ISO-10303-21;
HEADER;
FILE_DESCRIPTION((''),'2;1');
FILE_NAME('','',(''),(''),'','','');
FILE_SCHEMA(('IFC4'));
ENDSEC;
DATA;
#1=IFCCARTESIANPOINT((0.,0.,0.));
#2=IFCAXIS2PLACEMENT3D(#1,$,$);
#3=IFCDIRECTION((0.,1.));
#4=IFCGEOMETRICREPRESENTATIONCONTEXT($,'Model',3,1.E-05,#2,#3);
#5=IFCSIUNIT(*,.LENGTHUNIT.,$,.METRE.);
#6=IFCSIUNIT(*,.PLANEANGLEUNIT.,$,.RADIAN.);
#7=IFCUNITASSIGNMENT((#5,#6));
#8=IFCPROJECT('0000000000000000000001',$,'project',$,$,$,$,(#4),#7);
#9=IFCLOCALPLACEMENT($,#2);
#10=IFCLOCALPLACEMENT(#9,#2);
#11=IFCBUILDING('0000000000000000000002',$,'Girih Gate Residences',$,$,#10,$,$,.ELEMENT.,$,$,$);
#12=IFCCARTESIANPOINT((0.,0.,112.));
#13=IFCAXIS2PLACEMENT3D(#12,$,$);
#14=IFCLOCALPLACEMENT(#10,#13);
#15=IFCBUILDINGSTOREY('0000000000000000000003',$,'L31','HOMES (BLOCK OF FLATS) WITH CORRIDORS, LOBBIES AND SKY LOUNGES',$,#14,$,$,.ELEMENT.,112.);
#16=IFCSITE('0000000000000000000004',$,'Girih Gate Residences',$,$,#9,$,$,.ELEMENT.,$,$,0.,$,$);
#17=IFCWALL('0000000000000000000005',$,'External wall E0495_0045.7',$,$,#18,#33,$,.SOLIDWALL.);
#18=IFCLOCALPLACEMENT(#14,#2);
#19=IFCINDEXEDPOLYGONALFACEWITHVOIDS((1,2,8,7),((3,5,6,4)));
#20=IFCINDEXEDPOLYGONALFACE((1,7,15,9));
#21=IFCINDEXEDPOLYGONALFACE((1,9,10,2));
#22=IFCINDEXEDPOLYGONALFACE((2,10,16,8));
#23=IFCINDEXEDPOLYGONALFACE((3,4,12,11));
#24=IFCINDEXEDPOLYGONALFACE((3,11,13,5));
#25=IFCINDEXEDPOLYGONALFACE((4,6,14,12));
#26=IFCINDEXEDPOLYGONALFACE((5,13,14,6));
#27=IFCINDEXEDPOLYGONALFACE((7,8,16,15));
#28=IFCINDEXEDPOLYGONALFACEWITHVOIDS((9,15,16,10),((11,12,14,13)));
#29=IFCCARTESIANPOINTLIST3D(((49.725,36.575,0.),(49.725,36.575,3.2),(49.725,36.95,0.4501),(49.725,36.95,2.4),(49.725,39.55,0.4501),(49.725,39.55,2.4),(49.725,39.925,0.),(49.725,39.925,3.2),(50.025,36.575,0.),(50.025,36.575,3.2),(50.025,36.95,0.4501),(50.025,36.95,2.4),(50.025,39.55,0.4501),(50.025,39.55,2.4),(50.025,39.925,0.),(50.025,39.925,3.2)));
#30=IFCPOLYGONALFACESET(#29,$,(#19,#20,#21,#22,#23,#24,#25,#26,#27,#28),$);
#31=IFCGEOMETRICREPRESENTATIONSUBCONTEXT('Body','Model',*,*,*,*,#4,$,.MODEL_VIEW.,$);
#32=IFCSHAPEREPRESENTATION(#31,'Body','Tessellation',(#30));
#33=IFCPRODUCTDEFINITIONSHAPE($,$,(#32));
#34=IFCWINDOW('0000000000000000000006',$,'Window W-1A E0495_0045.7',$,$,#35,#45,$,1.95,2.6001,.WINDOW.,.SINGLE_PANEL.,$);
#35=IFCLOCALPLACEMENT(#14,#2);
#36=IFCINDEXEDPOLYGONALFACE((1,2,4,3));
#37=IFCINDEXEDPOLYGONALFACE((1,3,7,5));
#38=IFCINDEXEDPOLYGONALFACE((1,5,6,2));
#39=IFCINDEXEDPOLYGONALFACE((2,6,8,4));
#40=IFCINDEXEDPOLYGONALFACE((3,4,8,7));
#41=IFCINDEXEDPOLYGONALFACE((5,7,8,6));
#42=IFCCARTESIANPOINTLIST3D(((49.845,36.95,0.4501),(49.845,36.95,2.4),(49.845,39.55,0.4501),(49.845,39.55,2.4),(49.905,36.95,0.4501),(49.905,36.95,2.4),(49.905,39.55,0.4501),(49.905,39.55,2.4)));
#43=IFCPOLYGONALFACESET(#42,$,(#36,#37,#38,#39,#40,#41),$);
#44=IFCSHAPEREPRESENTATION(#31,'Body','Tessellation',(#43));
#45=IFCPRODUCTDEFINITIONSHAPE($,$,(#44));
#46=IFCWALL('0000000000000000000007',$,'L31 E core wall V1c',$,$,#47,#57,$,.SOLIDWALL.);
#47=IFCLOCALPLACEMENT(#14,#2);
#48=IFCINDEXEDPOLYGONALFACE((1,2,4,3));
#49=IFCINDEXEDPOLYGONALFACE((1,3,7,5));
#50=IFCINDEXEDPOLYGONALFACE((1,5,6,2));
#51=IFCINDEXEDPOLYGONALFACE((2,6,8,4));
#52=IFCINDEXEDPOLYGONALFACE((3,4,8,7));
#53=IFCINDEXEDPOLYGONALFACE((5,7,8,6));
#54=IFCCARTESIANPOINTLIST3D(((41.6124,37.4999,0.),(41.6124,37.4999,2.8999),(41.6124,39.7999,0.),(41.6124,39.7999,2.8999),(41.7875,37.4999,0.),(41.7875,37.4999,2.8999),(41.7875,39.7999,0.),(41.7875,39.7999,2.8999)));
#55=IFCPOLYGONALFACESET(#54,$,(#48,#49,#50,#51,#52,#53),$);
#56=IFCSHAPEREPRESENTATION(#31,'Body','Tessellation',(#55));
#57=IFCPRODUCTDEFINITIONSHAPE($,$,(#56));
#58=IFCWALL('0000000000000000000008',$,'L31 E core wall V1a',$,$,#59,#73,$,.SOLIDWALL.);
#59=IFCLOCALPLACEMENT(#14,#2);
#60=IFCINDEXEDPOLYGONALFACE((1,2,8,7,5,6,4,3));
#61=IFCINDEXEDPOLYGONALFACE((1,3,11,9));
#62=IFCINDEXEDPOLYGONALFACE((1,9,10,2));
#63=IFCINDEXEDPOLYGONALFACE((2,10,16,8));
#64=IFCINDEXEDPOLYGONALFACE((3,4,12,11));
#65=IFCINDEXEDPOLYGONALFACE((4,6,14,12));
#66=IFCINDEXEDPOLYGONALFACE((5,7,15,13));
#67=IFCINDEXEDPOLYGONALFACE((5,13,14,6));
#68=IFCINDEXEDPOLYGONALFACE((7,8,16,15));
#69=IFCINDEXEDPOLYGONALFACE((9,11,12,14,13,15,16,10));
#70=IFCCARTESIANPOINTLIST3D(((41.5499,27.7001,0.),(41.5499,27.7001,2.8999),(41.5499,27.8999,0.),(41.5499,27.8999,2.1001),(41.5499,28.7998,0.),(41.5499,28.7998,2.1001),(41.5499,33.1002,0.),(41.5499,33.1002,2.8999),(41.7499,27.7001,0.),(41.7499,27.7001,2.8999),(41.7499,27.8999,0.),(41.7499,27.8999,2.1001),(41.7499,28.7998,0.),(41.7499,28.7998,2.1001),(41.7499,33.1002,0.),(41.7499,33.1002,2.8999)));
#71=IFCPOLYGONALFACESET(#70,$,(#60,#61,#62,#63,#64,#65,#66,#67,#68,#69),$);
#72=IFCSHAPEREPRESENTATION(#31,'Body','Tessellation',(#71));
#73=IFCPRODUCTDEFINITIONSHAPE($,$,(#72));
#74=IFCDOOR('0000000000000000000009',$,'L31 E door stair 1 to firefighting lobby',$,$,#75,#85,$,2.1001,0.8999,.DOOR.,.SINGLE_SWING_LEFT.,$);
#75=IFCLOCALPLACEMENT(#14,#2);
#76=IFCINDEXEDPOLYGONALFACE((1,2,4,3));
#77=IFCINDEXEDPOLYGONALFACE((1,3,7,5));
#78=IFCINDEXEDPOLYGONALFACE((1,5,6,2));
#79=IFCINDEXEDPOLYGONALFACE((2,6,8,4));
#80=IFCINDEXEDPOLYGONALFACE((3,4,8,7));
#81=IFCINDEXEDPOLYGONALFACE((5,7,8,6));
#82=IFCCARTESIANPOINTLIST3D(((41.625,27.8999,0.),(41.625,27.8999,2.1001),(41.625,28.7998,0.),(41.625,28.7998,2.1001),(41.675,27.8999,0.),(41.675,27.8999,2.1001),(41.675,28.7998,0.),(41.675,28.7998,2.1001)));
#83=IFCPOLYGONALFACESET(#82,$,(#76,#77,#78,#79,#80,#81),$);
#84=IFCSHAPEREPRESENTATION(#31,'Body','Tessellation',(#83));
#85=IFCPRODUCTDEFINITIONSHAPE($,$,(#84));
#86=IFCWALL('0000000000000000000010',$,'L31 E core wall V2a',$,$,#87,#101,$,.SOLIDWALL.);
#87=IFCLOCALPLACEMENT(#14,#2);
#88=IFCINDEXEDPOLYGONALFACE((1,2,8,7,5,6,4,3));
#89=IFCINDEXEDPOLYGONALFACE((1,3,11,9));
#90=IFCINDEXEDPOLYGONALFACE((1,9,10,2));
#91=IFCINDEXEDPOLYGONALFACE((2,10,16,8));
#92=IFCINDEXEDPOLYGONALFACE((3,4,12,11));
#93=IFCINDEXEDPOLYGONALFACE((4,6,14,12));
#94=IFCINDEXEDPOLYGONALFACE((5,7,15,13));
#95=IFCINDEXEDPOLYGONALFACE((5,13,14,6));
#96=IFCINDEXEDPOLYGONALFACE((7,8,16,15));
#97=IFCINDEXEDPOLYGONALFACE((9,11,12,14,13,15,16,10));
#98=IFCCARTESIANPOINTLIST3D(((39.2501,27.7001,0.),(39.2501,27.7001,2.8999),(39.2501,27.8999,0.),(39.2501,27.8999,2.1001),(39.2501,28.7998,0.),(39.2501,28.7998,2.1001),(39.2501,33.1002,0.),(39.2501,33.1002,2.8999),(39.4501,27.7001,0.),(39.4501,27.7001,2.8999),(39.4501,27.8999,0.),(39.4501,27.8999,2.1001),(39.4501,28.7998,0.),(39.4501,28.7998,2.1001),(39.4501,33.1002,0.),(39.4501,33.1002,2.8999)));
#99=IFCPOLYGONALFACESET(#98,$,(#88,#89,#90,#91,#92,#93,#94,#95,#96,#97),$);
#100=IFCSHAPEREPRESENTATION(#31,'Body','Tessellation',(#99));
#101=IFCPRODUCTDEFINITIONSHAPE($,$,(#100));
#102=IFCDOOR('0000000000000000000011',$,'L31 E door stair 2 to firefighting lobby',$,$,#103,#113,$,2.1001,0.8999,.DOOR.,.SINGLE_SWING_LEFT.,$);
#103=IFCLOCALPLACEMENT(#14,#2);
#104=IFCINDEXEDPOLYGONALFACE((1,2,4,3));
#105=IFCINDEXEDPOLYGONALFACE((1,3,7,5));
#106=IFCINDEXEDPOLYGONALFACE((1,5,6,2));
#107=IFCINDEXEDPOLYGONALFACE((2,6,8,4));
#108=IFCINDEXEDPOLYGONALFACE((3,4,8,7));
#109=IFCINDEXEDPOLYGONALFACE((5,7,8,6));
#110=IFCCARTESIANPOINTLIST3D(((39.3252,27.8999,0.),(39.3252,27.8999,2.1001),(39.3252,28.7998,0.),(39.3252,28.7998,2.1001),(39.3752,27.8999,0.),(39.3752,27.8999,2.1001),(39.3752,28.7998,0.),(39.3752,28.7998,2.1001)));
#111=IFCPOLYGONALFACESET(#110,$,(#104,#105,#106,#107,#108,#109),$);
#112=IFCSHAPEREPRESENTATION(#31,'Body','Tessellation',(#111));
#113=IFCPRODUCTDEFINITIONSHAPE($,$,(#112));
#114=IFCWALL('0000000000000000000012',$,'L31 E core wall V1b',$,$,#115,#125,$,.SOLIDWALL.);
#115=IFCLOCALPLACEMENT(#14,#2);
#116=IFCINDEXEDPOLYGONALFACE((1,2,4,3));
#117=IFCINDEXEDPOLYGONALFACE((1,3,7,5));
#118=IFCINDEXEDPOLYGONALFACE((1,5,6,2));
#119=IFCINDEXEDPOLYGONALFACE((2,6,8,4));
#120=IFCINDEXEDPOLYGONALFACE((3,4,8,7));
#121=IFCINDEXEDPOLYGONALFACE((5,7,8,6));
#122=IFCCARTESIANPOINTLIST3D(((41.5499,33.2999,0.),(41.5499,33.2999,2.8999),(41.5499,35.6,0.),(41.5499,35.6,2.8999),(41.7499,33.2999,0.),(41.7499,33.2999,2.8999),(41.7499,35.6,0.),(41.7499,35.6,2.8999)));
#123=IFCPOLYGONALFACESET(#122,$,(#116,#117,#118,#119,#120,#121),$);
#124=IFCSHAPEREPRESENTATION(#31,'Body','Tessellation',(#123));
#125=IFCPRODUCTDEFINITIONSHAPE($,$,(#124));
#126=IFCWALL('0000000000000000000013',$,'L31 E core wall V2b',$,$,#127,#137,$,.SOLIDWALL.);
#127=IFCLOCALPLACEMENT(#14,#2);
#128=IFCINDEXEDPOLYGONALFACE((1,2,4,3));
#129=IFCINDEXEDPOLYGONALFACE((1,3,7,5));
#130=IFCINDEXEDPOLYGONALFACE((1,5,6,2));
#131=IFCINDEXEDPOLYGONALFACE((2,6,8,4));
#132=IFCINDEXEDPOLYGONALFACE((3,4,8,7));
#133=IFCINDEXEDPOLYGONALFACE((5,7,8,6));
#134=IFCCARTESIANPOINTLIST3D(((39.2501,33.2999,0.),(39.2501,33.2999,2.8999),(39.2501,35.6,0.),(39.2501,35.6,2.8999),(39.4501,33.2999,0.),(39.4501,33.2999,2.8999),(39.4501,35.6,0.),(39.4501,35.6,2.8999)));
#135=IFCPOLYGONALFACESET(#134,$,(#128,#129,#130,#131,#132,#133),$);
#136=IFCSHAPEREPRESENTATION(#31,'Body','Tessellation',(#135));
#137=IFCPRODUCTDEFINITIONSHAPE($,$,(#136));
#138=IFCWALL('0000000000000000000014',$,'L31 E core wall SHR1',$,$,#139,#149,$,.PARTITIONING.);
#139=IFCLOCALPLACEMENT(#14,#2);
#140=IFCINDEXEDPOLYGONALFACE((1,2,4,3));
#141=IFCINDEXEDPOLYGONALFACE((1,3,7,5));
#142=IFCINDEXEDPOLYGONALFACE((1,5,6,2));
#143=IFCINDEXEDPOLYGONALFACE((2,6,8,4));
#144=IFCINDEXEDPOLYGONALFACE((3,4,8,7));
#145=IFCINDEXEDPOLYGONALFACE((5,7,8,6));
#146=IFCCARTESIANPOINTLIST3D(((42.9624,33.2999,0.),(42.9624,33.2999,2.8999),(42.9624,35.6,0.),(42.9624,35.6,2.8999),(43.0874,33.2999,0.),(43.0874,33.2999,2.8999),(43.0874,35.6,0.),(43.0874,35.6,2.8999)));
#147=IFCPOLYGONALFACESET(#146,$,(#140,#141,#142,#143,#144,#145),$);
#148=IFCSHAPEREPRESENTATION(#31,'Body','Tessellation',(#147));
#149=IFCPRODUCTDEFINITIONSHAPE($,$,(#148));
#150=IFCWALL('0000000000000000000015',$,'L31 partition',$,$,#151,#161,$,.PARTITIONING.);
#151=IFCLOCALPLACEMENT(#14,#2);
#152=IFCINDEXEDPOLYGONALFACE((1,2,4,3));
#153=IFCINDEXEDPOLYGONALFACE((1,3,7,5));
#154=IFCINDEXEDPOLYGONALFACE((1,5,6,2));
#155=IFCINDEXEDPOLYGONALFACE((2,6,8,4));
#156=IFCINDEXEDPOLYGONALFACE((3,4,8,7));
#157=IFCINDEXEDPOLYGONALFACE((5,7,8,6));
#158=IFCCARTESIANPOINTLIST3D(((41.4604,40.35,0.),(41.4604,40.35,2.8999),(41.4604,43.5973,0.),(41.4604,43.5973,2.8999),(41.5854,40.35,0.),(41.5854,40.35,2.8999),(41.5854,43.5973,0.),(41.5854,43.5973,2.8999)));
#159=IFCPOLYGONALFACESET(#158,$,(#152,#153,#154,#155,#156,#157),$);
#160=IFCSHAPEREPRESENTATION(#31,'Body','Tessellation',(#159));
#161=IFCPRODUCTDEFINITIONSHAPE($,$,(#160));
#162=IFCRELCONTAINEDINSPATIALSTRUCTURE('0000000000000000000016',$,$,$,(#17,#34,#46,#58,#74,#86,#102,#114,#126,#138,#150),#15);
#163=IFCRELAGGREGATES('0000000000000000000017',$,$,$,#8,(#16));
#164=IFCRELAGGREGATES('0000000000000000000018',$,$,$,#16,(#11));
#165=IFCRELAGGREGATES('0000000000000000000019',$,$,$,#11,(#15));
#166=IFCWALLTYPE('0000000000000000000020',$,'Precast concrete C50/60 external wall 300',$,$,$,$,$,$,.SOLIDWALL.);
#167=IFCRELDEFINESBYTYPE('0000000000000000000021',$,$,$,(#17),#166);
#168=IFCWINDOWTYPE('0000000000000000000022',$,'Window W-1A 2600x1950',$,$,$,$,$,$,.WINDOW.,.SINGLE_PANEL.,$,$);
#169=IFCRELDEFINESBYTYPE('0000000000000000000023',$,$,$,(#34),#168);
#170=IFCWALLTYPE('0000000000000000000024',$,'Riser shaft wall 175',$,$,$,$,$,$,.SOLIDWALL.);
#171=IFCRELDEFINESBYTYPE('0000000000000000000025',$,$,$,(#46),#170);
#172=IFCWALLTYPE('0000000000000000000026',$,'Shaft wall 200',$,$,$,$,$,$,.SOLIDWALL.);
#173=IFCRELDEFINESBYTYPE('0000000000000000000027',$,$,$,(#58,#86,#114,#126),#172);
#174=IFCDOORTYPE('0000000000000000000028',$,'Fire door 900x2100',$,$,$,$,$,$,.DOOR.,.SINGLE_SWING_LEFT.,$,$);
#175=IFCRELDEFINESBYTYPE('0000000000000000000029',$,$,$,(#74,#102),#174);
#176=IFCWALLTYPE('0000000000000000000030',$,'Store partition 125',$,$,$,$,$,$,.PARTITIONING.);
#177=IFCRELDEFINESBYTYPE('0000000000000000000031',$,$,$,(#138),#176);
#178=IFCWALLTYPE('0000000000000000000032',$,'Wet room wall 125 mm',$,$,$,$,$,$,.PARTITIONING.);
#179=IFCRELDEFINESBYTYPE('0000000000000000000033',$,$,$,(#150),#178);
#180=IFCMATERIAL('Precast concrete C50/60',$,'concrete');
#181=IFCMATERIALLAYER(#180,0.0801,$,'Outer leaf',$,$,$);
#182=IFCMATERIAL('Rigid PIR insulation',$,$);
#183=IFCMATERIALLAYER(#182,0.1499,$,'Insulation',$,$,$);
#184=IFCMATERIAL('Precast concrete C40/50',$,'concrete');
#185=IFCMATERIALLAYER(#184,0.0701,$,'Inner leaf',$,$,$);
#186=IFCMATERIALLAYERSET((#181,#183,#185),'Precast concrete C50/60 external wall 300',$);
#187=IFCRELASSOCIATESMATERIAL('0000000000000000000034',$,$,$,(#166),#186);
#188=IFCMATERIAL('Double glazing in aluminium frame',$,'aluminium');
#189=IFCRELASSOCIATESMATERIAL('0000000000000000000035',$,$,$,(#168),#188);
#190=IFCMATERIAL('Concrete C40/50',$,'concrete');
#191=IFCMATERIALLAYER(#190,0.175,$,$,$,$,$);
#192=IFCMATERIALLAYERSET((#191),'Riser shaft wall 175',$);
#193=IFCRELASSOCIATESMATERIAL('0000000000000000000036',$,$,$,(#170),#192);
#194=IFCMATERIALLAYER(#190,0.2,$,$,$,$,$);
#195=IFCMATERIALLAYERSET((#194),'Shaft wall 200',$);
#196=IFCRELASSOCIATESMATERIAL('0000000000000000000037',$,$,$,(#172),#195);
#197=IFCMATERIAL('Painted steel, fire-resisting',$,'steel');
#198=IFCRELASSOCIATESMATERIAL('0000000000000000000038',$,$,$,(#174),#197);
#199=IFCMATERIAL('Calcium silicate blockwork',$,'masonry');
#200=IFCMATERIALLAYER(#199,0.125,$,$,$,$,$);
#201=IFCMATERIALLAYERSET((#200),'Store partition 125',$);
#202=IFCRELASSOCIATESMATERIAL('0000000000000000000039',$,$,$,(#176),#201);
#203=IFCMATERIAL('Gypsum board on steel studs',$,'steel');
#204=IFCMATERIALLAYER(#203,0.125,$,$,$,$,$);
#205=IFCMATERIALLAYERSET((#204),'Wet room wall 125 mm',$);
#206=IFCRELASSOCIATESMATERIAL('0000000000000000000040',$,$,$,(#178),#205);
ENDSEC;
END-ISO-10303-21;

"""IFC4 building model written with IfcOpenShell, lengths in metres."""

from ifc_helpers import new_model, si_unit, direction, frame, frame_2d, origin, place, context, subcontext, project, spatial, rectangle, extrude, material, layer, layer_set, type_object, element, fill, save


model = new_model("IFC4")

# Units and contexts
model_context = context("Model", 3, precision=1e-05, world=origin(), true_north=direction((0.0, 1.0)))
body_context = subcontext(model_context, "Body", "Model", "MODEL_VIEW")
ifc_project = project(units=[si_unit("LENGTHUNIT", "METRE"), si_unit("PLANEANGLEUNIT", "RADIAN")], contexts=[model_context])

# Site, building, storey
site_placement = place(None, origin())
site = spatial("IfcSite", under=ifc_project, at=site_placement, Name="Girih Gate Residences", CompositionType="ELEMENT", RefElevation=0.0)
building_placement = place(site_placement, origin())
building = spatial("IfcBuilding", under=site, at=building_placement, Name="Girih Gate Residences", CompositionType="ELEMENT")
storey_placement = place(building_placement, frame((0.0, 0.0, 112.0)))
storey = spatial("IfcBuildingStorey", under=building, at=storey_placement, Name="L31", Description="HOMES (BLOCK OF FLATS) WITH CORRIDORS, LOBBIES AND SKY LOUNGES", CompositionType="ELEMENT", Elevation=112.0)

# Shared definitions
ifc_material_1 = material(Name="Painted steel, fire-resisting", Category="steel")

# Shared definitions
ifc_material_2 = material(Name="Gypsum board on steel studs", Category="steel")

# Wall, opening, window
ifc_material_3 = material(Name="Precast concrete C50/60", Category="concrete")
ifc_layer_1 = layer(ifc_material_3, 0.0801, Name="Outer leaf")
ifc_material_4 = material(Name="Rigid PIR insulation")
ifc_layer_2 = layer(ifc_material_4, 0.1499, Name="Insulation")
ifc_material_5 = material(Name="Precast concrete C40/50", Category="concrete")
ifc_layer_3 = layer(ifc_material_5, 0.0701, Name="Inner leaf")
ifc_layer_set_1 = layer_set([ifc_layer_1, ifc_layer_2, ifc_layer_3], Name="Precast concrete C50/60 external wall 300")
wall_type_1 = type_object("IfcWallType", Name="Precast concrete C50/60 external wall 300", PredefinedType="SOLIDWALL", material=ifc_layer_set_1)
ifc_material_6 = material(Name="Double glazing in aluminium frame", Category="aluminium")
window_type = type_object("IfcWindowType", Name="Window W-1A 2600x1950", PartitioningType="SINGLE_PANEL", PredefinedType="WINDOW", material=ifc_material_6)
wall_1_placement = place(storey_placement, frame((49.875, 39.925, 0.0), z_axis=(0.0, 0.0, 1.0), x_axis=(0.0, -1.0, 0.0)))
wall_1 = element("IfcWall", 1, at=wall_1_placement, inside=storey, type_object=wall_type_1, Name="External wall E0495_0045.7", PredefinedType="SOLIDWALL", context=body_context, shape_type="SweptSolid", body=[
    extrude(rectangle(XDim=3.3501, YDim=0.3, at=frame_2d((1.675, 0.0))), origin(), (0.0, 0.0, 1.0), 3.2),
])
opening_1_placement = place(wall_1_placement, frame((0.375, 0.0, 0.45)))
opening_1 = element("IfcOpeningElement", 2, at=opening_1_placement, cuts=wall_1, PredefinedType="OPENING", context=body_context, shape_type="SweptSolid", body=[
    extrude(rectangle(XDim=2.6001, YDim=1.95, at=frame_2d((1.3, 0.9751))), frame((0.0, 0.1599, 0.0), z_axis=(0.0, -1.0, 0.0), x_axis=(1.0, 0.0, 0.0)), (0.0, 0.0, 1.0), 0.3201),
])
window_1_placement = place(opening_1_placement, origin())
window_1 = element("IfcWindow", 3, at=window_1_placement, inside=storey, type_object=window_type, Name="Window W-1A E0495_0045.7", OverallHeight=1.95, OverallWidth=2.6001, PartitioningType="SINGLE_PANEL", PredefinedType="WINDOW", context=body_context, shape_type="SweptSolid", body=[
    extrude(rectangle(XDim=2.6001, YDim=1.95, at=frame_2d((1.3, 0.9751))), frame((0.0, 0.03, 0.0), z_axis=(0.0, -1.0, 0.0), x_axis=(1.0, 0.0, 0.0)), (0.0, 0.0, 1.0), 0.0601),
])
fill(opening_1, window_1)

# Wall
ifc_material_7 = material(Name="Concrete C40/50", Category="concrete")
ifc_layer_4 = layer(ifc_material_7, 0.175)
ifc_layer_set_2 = layer_set([ifc_layer_4], Name="Riser shaft wall 175")
wall_type_2 = type_object("IfcWallType", Name="Riser shaft wall 175", PredefinedType="SOLIDWALL", material=ifc_layer_set_2)
wall_2_placement = place(storey_placement, frame((41.7, 37.5, 0.0), z_axis=(0.0, 0.0, 1.0), x_axis=(0.0, 1.0, 0.0)))
element("IfcWall", 4, at=wall_2_placement, inside=storey, type_object=wall_type_2, Name="L31 E core wall V1c", PredefinedType="SOLIDWALL", context=body_context, shape_type="SweptSolid", body=[
    extrude(rectangle(XDim=2.3, YDim=0.175, at=frame_2d((1.1499, 0.0))), origin(), (0.0, 0.0, 1.0), 2.8999),
])

# Walls, openings, doors
ifc_layer_5 = layer(ifc_material_7, 0.2)
ifc_layer_set_3 = layer_set([ifc_layer_5], Name="Shaft wall 200")
wall_type_3 = type_object("IfcWallType", Name="Shaft wall 200", PredefinedType="SOLIDWALL", material=ifc_layer_set_3)
wall_3_placement = place(storey_placement, frame((41.6499, 27.7, 0.0), z_axis=(0.0, 0.0, 1.0), x_axis=(0.0, 1.0, 0.0)))
wall_3 = element("IfcWall", 5, at=wall_3_placement, inside=storey, type_object=wall_type_3, Name="L31 E core wall V1a", PredefinedType="SOLIDWALL", context=body_context, shape_type="SweptSolid", body=[
    extrude(rectangle(XDim=5.4001, YDim=0.2, at=frame_2d((2.7002, 0.0))), origin(), (0.0, 0.0, 1.0), 2.8999),
])
opening_2_placement = place(wall_3_placement, frame((0.2, 0.0, 0.0)))
opening_2 = element("IfcOpeningElement", 6, at=opening_2_placement, cuts=wall_3, PredefinedType="OPENING", context=body_context, shape_type="SweptSolid", body=[
    extrude(rectangle(XDim=0.8999, YDim=2.1001, at=frame_2d((0.45, 1.05))), frame((0.0, 0.1099, 0.0), z_axis=(0.0, -1.0, 0.0), x_axis=(1.0, 0.0, 0.0)), (0.0, 0.0, 1.0), 0.22),
])
door_type_1 = type_object("IfcDoorType", Name="Fire door 900x2100", OperationType="SINGLE_SWING_LEFT", PredefinedType="DOOR", material=ifc_material_1)
door_1_placement = place(opening_2_placement, origin())
door_1 = element("IfcDoor", 7, at=door_1_placement, inside=storey, type_object=door_type_1, Name="L31 E door stair 1 to firefighting lobby", OperationType="SINGLE_SWING_LEFT", OverallHeight=2.1001, OverallWidth=0.8999, PredefinedType="DOOR", context=body_context, shape_type="SweptSolid", body=[
    extrude(rectangle(XDim=0.8999, YDim=2.1001, at=frame_2d((0.45, 1.05))), frame((0.0, 0.0249, 0.0), z_axis=(0.0, -1.0, 0.0), x_axis=(1.0, 0.0, 0.0)), (0.0, 0.0, 1.0), 0.05),
])
fill(opening_2, door_1)
wall_4_placement = place(storey_placement, frame((39.3501, 27.7, 0.0), z_axis=(0.0, 0.0, 1.0), x_axis=(0.0, 1.0, 0.0)))
wall_4 = element("IfcWall", 8, at=wall_4_placement, inside=storey, type_object=wall_type_3, Name="L31 E core wall V2a", PredefinedType="SOLIDWALL", context=body_context, shape_type="SweptSolid", body=[
    extrude(rectangle(XDim=5.4001, YDim=0.2, at=frame_2d((2.7002, 0.0))), origin(), (0.0, 0.0, 1.0), 2.8999),
])
opening_3_placement = place(wall_4_placement, frame((0.2, 0.0, 0.0)))
opening_3 = element("IfcOpeningElement", 9, at=opening_3_placement, cuts=wall_4, PredefinedType="OPENING", context=body_context, shape_type="SweptSolid", body=[
    extrude(rectangle(XDim=0.8999, YDim=2.1001, at=frame_2d((0.45, 1.05))), frame((0.0, 0.1099, 0.0), z_axis=(0.0, -1.0, 0.0), x_axis=(1.0, 0.0, 0.0)), (0.0, 0.0, 1.0), 0.22),
])
door_2_placement = place(opening_3_placement, origin())
door_2 = element("IfcDoor", 10, at=door_2_placement, inside=storey, type_object=door_type_1, Name="L31 E door stair 2 to firefighting lobby", OperationType="SINGLE_SWING_LEFT", OverallHeight=2.1001, OverallWidth=0.8999, PredefinedType="DOOR", context=body_context, shape_type="SweptSolid", body=[
    extrude(rectangle(XDim=0.8999, YDim=2.1001, at=frame_2d((0.45, 1.05))), frame((0.0, 0.0249, 0.0), z_axis=(0.0, -1.0, 0.0), x_axis=(1.0, 0.0, 0.0)), (0.0, 0.0, 1.0), 0.05),
])
fill(opening_3, door_2)

# Walls
for number, where, z_axis, x_axis, name in (
    (11, (41.6499, 33.3, 0.0), (0.0, 0.0, 1.0), (0.0, 1.0, 0.0), "L31 E core wall V1b"),
    (12, (39.3501, 33.3, 0.0), (0.0, 0.0, 1.0), (0.0, 1.0, 0.0), "L31 E core wall V2b"),
):
    element("IfcWall", number, at=place(storey_placement, frame(where, z_axis=z_axis, x_axis=x_axis)), inside=storey, type_object=wall_type_3, Name=name, PredefinedType="SOLIDWALL", context=body_context, shape_type="SweptSolid", body=[
        extrude(rectangle(XDim=2.3, YDim=0.2, at=frame_2d((1.1499, 0.0))), origin(), (0.0, 0.0, 1.0), 2.8999),
    ])
ifc_material_8 = material(Name="Calcium silicate blockwork", Category="masonry")
ifc_layer_6 = layer(ifc_material_8, 0.125)
ifc_layer_set_4 = layer_set([ifc_layer_6], Name="Store partition 125")
wall_type_4 = type_object("IfcWallType", Name="Store partition 125", PredefinedType="PARTITIONING", material=ifc_layer_set_4)
wall_5_placement = place(storey_placement, frame((43.0249, 33.3, 0.0), z_axis=(0.0, 0.0, 1.0), x_axis=(0.0, 1.0, 0.0)))
element("IfcWall", 13, at=wall_5_placement, inside=storey, type_object=wall_type_4, Name="L31 E core wall SHR1", PredefinedType="PARTITIONING", context=body_context, shape_type="SweptSolid", body=[
    extrude(rectangle(XDim=2.3, YDim=0.125, at=frame_2d((1.1499, 0.0))), origin(), (0.0, 0.0, 1.0), 2.8999),
])
ifc_layer_7 = layer(ifc_material_2, 0.125)
ifc_layer_set_5 = layer_set([ifc_layer_7], Name="Wet room wall 125 mm")
wall_type_5 = type_object("IfcWallType", Name="Wet room wall 125 mm", PredefinedType="PARTITIONING", material=ifc_layer_set_5)
wall_6_placement = place(storey_placement, frame((41.5229, 40.3501, 0.0), z_axis=(0.0, 0.0, 1.0), x_axis=(0.0, 1.0, 0.0)))
element("IfcWall", 14, at=wall_6_placement, inside=storey, type_object=wall_type_5, Name="L31 partition", PredefinedType="PARTITIONING", context=body_context, shape_type="SweptSolid", body=[
    extrude(rectangle(XDim=3.2473, YDim=0.125, at=frame_2d((1.6235, 0.0))), origin(), (0.0, 0.0, 1.0), 2.8999),
])

save(model, "model.ifc")
